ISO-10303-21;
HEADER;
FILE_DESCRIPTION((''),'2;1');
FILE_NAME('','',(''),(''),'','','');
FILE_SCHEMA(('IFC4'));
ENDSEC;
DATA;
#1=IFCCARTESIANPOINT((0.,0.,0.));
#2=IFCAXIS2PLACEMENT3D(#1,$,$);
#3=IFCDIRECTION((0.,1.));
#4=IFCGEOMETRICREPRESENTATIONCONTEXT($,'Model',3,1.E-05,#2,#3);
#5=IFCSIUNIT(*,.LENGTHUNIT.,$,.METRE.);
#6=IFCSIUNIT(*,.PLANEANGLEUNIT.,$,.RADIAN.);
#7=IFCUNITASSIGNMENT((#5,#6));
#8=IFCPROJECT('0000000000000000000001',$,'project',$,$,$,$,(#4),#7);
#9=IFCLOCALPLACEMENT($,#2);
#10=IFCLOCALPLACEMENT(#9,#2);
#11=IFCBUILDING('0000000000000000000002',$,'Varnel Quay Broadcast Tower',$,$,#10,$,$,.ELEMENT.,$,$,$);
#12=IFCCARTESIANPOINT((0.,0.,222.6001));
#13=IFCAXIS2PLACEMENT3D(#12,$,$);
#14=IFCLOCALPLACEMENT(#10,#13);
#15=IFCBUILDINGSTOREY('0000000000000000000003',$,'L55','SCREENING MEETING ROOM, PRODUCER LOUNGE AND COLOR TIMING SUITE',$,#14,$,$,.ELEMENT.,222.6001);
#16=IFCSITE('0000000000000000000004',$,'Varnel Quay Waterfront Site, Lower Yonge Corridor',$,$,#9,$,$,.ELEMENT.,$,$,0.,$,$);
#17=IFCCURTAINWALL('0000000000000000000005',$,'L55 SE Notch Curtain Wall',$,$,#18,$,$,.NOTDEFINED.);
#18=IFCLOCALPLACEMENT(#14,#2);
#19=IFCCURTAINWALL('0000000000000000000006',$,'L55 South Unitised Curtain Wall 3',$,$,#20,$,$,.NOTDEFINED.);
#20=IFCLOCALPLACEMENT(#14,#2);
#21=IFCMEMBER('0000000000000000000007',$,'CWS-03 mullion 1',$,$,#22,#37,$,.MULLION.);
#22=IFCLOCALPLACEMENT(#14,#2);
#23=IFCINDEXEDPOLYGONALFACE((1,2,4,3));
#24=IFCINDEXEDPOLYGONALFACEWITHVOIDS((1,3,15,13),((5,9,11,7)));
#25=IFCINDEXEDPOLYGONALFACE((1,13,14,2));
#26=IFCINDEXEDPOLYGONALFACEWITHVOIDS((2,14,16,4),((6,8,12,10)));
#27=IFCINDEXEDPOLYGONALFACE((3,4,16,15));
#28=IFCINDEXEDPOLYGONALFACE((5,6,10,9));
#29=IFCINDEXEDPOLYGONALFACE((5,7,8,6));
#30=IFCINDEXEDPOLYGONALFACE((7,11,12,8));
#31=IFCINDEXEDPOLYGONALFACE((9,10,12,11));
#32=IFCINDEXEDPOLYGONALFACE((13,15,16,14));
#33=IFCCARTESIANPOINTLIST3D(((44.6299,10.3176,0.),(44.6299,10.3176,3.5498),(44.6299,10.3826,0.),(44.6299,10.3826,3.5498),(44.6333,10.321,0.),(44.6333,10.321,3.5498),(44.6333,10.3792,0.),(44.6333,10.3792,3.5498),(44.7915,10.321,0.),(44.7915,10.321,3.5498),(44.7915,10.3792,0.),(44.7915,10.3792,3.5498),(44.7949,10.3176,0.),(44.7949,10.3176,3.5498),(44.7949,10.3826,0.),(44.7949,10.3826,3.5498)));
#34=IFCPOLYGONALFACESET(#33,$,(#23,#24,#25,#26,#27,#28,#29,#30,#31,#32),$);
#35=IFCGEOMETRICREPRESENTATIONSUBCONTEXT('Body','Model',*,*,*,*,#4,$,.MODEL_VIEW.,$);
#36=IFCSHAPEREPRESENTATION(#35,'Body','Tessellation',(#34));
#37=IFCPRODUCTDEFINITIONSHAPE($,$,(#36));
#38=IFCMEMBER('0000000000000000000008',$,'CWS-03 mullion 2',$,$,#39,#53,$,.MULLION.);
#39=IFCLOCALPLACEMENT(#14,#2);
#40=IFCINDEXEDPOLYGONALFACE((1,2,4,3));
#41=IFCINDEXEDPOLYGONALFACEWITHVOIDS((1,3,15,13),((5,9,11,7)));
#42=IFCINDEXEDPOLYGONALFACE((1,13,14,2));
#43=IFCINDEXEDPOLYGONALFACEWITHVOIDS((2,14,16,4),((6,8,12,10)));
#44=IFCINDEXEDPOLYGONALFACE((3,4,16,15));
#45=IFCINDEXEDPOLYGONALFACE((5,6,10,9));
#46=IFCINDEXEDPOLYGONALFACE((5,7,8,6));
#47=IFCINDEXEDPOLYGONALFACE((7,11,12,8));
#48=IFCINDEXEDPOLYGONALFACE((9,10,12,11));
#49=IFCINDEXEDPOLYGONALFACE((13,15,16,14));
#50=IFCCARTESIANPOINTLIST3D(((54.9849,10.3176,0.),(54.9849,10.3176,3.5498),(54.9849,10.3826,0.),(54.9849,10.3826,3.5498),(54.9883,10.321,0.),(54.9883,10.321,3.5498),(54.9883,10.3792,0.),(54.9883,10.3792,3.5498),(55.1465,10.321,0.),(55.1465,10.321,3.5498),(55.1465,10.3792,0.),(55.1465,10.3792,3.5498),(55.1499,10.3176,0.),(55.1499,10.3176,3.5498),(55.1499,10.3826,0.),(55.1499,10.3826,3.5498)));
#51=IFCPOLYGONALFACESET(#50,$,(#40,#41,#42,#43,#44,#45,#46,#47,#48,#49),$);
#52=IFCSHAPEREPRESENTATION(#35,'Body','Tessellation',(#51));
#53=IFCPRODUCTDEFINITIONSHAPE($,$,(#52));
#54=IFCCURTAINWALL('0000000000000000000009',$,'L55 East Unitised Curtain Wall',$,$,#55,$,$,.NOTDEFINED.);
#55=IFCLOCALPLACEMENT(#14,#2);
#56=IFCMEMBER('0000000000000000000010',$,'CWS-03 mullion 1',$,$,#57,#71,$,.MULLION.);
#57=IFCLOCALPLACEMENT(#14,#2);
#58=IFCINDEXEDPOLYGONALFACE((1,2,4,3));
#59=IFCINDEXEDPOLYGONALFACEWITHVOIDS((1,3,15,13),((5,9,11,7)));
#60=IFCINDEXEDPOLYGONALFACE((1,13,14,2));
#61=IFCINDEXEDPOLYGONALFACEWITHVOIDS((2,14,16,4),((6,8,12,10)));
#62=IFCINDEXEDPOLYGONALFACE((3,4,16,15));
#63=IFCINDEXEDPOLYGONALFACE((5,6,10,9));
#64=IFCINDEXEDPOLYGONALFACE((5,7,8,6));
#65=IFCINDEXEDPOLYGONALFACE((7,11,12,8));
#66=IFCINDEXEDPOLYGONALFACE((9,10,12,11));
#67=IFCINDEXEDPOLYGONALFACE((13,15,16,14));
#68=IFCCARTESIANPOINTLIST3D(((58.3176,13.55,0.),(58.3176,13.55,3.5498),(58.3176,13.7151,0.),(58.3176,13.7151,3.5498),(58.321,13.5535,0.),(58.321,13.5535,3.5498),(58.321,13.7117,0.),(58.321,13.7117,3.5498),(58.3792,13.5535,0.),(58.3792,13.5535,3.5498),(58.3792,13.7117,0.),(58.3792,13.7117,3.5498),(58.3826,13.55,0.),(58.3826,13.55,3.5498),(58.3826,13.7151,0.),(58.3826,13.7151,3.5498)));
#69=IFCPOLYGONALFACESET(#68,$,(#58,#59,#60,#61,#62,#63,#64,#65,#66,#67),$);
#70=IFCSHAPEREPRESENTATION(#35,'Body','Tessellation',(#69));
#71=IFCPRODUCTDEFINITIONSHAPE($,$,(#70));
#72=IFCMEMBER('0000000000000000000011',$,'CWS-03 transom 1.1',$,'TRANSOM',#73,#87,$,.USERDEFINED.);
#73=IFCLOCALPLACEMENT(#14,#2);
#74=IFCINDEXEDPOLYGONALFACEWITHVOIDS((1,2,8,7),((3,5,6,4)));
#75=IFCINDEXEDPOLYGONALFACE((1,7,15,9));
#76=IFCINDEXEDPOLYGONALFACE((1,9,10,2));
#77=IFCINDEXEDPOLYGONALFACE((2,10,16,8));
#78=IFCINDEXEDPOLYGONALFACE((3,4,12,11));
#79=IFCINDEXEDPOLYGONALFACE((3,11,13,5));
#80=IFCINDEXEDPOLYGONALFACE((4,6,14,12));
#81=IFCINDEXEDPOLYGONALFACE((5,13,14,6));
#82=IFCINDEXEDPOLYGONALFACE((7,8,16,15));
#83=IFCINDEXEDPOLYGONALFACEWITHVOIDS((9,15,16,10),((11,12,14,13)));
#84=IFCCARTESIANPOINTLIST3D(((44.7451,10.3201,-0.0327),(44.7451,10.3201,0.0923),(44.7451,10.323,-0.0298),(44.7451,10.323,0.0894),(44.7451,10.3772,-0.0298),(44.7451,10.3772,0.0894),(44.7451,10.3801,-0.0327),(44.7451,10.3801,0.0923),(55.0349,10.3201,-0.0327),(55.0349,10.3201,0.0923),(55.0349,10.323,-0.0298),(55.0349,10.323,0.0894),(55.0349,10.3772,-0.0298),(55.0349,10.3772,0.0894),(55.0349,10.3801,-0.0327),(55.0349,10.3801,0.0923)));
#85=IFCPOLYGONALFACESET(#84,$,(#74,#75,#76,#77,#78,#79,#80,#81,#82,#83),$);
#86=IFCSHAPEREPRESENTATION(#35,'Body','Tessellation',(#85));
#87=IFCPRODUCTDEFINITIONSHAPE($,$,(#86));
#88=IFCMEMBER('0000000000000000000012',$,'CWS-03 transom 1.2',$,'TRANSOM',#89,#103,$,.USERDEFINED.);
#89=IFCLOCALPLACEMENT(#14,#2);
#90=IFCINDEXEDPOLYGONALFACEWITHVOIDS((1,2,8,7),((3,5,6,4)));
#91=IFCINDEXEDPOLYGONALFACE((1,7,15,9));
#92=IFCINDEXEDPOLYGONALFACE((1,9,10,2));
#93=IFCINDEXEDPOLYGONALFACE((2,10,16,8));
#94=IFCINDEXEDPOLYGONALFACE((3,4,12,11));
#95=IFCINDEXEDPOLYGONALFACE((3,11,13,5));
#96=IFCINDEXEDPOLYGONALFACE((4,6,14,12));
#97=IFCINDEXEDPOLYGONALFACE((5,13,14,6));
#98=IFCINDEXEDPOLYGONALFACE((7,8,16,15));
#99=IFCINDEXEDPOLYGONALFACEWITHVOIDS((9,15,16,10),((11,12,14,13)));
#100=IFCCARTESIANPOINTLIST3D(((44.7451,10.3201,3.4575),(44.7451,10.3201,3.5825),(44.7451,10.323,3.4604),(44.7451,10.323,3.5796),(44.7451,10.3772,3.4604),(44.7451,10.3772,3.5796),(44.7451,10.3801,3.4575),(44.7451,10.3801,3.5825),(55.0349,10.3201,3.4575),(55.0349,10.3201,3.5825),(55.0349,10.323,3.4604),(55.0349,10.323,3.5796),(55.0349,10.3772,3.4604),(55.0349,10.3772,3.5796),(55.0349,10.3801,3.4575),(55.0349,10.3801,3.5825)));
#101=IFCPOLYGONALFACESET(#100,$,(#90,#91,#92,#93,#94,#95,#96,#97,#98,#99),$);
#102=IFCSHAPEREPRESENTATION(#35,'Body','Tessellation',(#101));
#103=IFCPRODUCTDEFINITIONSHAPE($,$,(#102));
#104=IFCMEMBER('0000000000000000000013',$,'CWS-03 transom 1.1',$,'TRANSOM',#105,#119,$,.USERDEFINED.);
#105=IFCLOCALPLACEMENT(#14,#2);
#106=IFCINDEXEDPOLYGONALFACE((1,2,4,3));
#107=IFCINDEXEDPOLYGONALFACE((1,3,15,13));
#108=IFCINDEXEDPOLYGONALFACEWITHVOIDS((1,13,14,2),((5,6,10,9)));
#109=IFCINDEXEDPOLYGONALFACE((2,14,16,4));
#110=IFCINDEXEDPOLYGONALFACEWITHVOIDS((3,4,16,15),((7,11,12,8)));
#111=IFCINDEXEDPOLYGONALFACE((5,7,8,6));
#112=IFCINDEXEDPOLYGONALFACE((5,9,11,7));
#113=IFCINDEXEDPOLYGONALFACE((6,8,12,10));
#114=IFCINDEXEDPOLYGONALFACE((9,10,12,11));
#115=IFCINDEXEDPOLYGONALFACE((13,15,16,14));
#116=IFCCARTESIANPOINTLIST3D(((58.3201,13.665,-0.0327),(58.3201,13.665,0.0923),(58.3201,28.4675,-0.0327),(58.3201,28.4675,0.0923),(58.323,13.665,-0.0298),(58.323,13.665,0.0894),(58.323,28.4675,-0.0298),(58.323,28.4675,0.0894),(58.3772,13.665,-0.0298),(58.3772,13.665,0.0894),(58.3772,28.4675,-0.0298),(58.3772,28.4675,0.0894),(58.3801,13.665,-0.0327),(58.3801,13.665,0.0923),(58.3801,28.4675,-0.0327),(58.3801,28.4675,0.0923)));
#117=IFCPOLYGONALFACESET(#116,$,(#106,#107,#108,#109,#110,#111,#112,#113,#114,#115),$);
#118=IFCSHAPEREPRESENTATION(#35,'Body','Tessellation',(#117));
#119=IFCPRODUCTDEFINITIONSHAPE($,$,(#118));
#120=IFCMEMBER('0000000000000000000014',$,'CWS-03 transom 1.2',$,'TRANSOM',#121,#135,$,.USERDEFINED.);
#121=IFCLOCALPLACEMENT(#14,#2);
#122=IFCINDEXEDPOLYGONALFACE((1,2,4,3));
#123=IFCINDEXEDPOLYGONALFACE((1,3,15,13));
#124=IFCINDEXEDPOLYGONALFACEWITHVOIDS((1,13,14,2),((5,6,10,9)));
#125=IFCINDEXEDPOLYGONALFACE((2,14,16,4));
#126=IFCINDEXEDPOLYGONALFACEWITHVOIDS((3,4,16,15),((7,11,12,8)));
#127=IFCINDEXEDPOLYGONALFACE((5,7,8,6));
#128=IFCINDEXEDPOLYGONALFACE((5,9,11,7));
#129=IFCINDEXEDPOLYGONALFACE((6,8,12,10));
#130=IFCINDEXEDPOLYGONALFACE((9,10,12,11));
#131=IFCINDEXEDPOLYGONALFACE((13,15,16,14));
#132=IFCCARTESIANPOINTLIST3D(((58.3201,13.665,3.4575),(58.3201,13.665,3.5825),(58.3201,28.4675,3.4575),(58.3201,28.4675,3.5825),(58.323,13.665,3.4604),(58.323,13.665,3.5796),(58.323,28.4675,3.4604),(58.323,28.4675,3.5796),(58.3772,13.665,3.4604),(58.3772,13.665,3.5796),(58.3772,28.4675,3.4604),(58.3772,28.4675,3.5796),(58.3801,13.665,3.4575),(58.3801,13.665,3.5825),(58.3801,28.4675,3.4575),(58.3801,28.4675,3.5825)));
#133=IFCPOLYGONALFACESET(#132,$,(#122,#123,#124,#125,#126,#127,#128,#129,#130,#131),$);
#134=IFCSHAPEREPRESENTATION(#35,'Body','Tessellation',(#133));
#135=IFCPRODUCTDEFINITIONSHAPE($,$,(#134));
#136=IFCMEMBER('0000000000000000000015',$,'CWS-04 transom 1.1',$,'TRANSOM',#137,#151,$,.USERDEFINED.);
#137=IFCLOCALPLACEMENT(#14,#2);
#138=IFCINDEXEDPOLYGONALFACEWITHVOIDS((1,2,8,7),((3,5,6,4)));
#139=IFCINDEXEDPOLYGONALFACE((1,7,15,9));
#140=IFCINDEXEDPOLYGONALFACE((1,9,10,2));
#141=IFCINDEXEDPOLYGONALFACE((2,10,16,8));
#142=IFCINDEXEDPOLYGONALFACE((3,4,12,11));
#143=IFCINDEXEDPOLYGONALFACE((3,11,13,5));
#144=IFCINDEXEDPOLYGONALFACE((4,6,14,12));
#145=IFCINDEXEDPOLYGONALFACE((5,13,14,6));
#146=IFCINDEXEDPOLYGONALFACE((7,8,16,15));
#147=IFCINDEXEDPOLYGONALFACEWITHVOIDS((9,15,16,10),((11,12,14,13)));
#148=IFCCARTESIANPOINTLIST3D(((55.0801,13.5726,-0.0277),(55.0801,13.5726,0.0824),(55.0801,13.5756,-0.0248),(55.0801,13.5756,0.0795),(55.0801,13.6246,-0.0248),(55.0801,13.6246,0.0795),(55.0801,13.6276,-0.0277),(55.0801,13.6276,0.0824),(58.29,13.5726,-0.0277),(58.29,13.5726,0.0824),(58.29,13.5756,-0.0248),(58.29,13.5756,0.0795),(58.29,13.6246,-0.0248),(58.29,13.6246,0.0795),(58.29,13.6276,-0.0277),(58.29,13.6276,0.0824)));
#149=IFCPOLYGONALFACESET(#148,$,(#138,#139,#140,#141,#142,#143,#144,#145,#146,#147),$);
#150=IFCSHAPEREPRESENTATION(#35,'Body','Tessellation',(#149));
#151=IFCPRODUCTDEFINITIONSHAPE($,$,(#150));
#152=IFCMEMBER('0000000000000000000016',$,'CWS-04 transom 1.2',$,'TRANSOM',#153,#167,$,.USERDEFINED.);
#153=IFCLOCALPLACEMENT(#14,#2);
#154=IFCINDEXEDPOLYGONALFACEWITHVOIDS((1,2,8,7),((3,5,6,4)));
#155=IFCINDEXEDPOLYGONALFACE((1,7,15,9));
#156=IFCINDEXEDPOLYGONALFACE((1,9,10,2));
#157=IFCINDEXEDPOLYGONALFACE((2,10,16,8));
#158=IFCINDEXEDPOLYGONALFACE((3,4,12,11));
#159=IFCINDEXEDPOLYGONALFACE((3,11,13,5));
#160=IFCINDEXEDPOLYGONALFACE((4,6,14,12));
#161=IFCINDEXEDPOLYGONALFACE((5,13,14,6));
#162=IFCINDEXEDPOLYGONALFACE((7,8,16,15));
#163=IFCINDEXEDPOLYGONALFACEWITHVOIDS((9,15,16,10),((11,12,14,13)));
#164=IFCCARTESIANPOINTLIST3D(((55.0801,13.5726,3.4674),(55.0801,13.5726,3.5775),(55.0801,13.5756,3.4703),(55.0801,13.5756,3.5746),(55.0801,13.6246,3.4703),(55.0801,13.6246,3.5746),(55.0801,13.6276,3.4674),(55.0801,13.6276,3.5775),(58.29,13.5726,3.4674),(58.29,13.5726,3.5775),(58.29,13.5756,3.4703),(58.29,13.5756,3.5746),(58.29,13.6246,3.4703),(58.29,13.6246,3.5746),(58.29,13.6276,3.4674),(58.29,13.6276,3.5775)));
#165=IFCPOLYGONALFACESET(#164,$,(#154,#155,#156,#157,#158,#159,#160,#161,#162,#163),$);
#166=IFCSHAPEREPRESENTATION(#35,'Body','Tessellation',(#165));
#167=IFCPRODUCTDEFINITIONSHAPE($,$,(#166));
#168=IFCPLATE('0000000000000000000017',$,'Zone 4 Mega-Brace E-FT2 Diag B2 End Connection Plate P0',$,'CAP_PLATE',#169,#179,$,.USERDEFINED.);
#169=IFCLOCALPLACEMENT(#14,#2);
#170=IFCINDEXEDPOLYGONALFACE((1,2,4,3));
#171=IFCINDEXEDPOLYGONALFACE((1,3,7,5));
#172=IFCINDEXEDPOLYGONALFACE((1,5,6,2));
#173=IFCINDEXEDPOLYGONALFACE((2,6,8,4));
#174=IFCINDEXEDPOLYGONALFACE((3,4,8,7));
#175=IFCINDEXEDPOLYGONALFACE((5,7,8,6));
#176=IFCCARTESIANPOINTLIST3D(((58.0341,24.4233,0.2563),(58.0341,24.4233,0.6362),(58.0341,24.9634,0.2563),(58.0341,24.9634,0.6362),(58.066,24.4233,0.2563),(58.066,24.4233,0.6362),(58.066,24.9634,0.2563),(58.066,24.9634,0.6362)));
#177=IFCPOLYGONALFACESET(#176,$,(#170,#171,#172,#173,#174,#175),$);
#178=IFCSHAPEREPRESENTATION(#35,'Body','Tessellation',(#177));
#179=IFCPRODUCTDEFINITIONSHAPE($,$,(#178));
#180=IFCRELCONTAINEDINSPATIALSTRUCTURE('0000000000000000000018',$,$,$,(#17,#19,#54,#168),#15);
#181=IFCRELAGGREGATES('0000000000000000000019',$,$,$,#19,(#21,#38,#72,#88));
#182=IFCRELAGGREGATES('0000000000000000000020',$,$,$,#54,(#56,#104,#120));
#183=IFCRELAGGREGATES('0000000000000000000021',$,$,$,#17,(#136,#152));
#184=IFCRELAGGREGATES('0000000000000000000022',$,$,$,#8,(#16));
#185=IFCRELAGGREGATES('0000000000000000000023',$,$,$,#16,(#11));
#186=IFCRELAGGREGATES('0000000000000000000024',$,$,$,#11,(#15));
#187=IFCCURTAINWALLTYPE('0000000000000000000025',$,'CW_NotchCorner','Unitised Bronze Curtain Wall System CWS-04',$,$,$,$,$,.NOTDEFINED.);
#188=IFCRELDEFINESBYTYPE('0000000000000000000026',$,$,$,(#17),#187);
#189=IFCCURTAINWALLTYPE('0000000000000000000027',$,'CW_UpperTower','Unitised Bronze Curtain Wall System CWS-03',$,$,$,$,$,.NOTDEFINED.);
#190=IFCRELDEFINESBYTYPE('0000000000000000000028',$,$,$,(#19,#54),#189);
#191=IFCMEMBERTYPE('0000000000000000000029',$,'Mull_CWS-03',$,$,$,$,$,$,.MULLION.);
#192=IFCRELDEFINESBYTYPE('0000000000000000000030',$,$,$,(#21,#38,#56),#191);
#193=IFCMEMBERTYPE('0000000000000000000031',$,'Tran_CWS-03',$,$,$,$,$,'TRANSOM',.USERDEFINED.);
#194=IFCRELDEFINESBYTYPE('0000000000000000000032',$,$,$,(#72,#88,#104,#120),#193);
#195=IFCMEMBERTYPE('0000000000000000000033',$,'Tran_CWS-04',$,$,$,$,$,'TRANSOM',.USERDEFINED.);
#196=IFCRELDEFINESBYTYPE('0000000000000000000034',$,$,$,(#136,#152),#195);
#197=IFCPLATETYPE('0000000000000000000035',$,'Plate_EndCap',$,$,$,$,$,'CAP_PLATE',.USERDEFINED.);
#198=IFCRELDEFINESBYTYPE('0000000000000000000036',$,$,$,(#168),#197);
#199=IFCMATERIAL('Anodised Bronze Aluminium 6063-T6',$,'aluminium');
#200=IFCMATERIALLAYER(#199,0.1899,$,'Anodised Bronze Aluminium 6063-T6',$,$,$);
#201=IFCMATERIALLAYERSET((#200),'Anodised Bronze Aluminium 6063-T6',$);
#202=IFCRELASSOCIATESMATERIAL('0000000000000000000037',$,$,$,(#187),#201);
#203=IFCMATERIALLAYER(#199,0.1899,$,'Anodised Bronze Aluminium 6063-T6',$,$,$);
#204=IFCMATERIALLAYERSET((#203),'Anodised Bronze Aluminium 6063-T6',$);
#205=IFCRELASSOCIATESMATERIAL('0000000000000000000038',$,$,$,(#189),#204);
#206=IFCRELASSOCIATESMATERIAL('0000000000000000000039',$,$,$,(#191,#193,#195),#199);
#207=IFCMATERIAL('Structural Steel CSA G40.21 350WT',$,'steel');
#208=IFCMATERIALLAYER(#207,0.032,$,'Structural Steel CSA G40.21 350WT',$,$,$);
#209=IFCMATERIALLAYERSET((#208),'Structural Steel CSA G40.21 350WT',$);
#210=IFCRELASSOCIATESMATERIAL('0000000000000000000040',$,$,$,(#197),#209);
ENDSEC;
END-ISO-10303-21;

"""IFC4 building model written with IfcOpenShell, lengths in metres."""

from ifc_helpers import new_model, si_unit, direction, frame, origin, origin_2d, place, context, subcontext, project, spatial, rectangle, hollow_rectangle, extrude, source, transform, mapped, material, layer, layer_set, material_profile, profile_set, type_object, type_shapes, element, aggregate, save


model = new_model("IFC4")

# Units and contexts
model_context = context("Model", 3, precision=1e-05, world=origin(), true_north=direction((0.0, 1.0)))
body_context = subcontext(model_context, "Body", "Model", "MODEL_VIEW")
ifc_project = project(units=[si_unit("LENGTHUNIT", "METRE"), si_unit("PLANEANGLEUNIT", "RADIAN")], contexts=[model_context])

# Site, building, storey
site_placement = place(None, origin())
site = spatial("IfcSite", under=ifc_project, at=site_placement, Name="Varnel Quay Waterfront Site, Lower Yonge Corridor", CompositionType="ELEMENT", RefElevation=0.0)
building_placement = place(site_placement, origin())
building = spatial("IfcBuilding", under=site, at=building_placement, Name="Varnel Quay Broadcast Tower", CompositionType="ELEMENT")
storey_placement = place(building_placement, frame((0.0, 0.0, 222.6001)))
storey = spatial("IfcBuildingStorey", under=building, at=storey_placement, Name="L55", Description="SCREENING MEETING ROOM, PRODUCER LOUNGE AND COLOR TIMING SUITE", CompositionType="ELEMENT", Elevation=222.6001)

# Shared definitions
ifc_material_1 = material(Name="Structural Steel CSA G40.21 350WT", Category="steel")

# Curtain walls, members
ifc_material_2 = material(Name="Anodised Bronze Aluminium 6063-T6", Category="aluminium")
ifc_layer_1 = layer(ifc_material_2, 0.1899, Name="Anodised Bronze Aluminium 6063-T6")
ifc_layer_set_1 = layer_set([ifc_layer_1], Name="Anodised Bronze Aluminium 6063-T6")
curtain_wall_type_1 = type_object("IfcCurtainWallType", Name="CW_NotchCorner", Description="Unitised Bronze Curtain Wall System CWS-04", PredefinedType="NOTDEFINED", material=ifc_layer_set_1)
curtain_wall_1_placement = place(storey_placement, origin())
curtain_wall_1 = element("IfcCurtainWall", 1, at=curtain_wall_1_placement, inside=storey, type_object=curtain_wall_type_1, Name="L55 SE Notch Curtain Wall", PredefinedType="NOTDEFINED")
ifc_layer_2 = layer(ifc_material_2, 0.1899, Name="Anodised Bronze Aluminium 6063-T6")
ifc_layer_set_2 = layer_set([ifc_layer_2], Name="Anodised Bronze Aluminium 6063-T6")
curtain_wall_type_2 = type_object("IfcCurtainWallType", Name="CW_UpperTower", Description="Unitised Bronze Curtain Wall System CWS-03", PredefinedType="NOTDEFINED", material=ifc_layer_set_2)
curtain_wall_2_placement = place(storey_placement, origin())
curtain_wall_2 = element("IfcCurtainWall", 2, at=curtain_wall_2_placement, inside=storey, type_object=curtain_wall_type_2, Name="L55 South Unitised Curtain Wall 3", PredefinedType="NOTDEFINED")
ifc_material_profile_1 = material_profile(ifc_material_2, hollow_rectangle(XDim=0.0649, YDim=0.165, WallThickness=0.0034, at=origin_2d()), Name="ALU65X165X3.5")
ifc_profile_set_1 = profile_set([ifc_material_profile_1], Name="Anodised Bronze Aluminium 6063-T6")
member_type_1 = type_object("IfcMemberType", Name="Mull_CWS-03", PredefinedType="MULLION", material=ifc_profile_set_1)
shared_shape_1 = source(origin(), body_context, "Body", "SweptSolid", [
    extrude(hollow_rectangle(XDim=0.0649, YDim=0.165, WallThickness=0.0034, at=origin_2d()), origin(), (0.0, 0.0, 1.0), 3.5498),
])
type_shapes(member_type_1, [shared_shape_1])
member_1_placement = place(storey_placement, frame((44.7124, 10.3501, 0.0), z_axis=(0.0, 0.0, 1.0), x_axis=(0.0, 1.0, 0.0)))
member_1 = element("IfcMember", 3, at=member_1_placement, type_object=member_type_1, Name="CWS-03 mullion 1", PredefinedType="MULLION", context=body_context, shape_type="MappedRepresentation", body=[
    mapped(shared_shape_1, transform((0.0, 0.0, 0.0), x_axis=(1.0, 0.0, 0.0), y_axis=(0.0, 1.0, 0.0), z_axis=(0.0, 0.0, 1.0), scale=1.0)),
])
member_2_placement = place(storey_placement, frame((55.0674, 10.3501, 0.0), z_axis=(0.0, 0.0, 1.0), x_axis=(0.0, 1.0, 0.0)))
member_2 = element("IfcMember", 4, at=member_2_placement, type_object=member_type_1, Name="CWS-03 mullion 2", PredefinedType="MULLION", context=body_context, shape_type="MappedRepresentation", body=[
    mapped(shared_shape_1, transform((0.0, 0.0, 0.0), x_axis=(1.0, 0.0, 0.0), y_axis=(0.0, 1.0, 0.0), z_axis=(0.0, 0.0, 1.0), scale=1.0)),
])

# Curtain wall, member
curtain_wall_3_placement = place(storey_placement, origin())
curtain_wall_3 = element("IfcCurtainWall", 5, at=curtain_wall_3_placement, inside=storey, type_object=curtain_wall_type_2, Name="L55 East Unitised Curtain Wall", PredefinedType="NOTDEFINED")
member_3_placement = place(storey_placement, frame((58.3501, 13.6326, 0.0), z_axis=(0.0, 0.0, 1.0), x_axis=(-1.0, 0.0, 0.0)))
member_3 = element("IfcMember", 6, at=member_3_placement, type_object=member_type_1, Name="CWS-03 mullion 1", PredefinedType="MULLION", context=body_context, shape_type="MappedRepresentation", body=[
    mapped(shared_shape_1, transform((0.0, 0.0, 0.0), x_axis=(1.0, 0.0, 0.0), y_axis=(0.0, 1.0, 0.0), z_axis=(0.0, 0.0, 1.0), scale=1.0)),
])

# Members
ifc_material_profile_2 = material_profile(ifc_material_2, hollow_rectangle(XDim=0.0601, YDim=0.125, WallThickness=0.0029, at=origin_2d()), Name="ALU60X125X3")
ifc_profile_set_2 = profile_set([ifc_material_profile_2], Name="Anodised Bronze Aluminium 6063-T6")
member_type_2 = type_object("IfcMemberType", Name="Tran_CWS-03", ElementType="TRANSOM", PredefinedType="USERDEFINED", material=ifc_profile_set_2)
shared_shape_2 = source(origin(), body_context, "Body", "SweptSolid", [
    extrude(hollow_rectangle(XDim=0.0601, YDim=0.125, WallThickness=0.0029, at=origin_2d()), origin(), (0.0, 0.0, 1.0), 10.2898),
])
member_4_placement = place(storey_placement, frame((44.7451, 10.3501, 0.0298), z_axis=(1.0, 0.0, 0.0), x_axis=(0.0, 1.0, 0.0)))
member_4 = element("IfcMember", 7, at=member_4_placement, type_object=member_type_2, Name="CWS-03 transom 1.1", ObjectType="TRANSOM", PredefinedType="USERDEFINED", context=body_context, shape_type="MappedRepresentation", body=[
    mapped(shared_shape_2, transform((0.0, 0.0, 0.0), x_axis=(1.0, 0.0, 0.0), y_axis=(0.0, 1.0, 0.0), z_axis=(0.0, 0.0, 1.0), scale=1.0)),
])
member_5_placement = place(storey_placement, frame((44.7451, 10.3501, 3.52), z_axis=(1.0, 0.0, 0.0), x_axis=(0.0, 1.0, 0.0)))
member_5 = element("IfcMember", 8, at=member_5_placement, type_object=member_type_2, Name="CWS-03 transom 1.2", ObjectType="TRANSOM", PredefinedType="USERDEFINED", context=body_context, shape_type="MappedRepresentation", body=[
    mapped(shared_shape_2, transform((0.0, 0.0, 0.0), x_axis=(1.0, 0.0, 0.0), y_axis=(0.0, 1.0, 0.0), z_axis=(0.0, 0.0, 1.0), scale=1.0)),
])
shared_shape_3 = source(origin(), body_context, "Body", "SweptSolid", [
    extrude(hollow_rectangle(XDim=0.0601, YDim=0.125, WallThickness=0.0029, at=origin_2d()), origin(), (0.0, 0.0, 1.0), 14.8025),
])
type_shapes(member_type_2, [shared_shape_2, shared_shape_3])
member_6_placement = place(storey_placement, frame((58.3501, 13.665, 0.0298), z_axis=(0.0, 1.0, 0.0), x_axis=(-1.0, 0.0, 0.0)))
member_6 = element("IfcMember", 9, at=member_6_placement, type_object=member_type_2, Name="CWS-03 transom 1.1", ObjectType="TRANSOM", PredefinedType="USERDEFINED", context=body_context, shape_type="MappedRepresentation", body=[
    mapped(shared_shape_3, transform((0.0, 0.0, 0.0), x_axis=(1.0, 0.0, 0.0), y_axis=(0.0, 1.0, 0.0), z_axis=(0.0, 0.0, 1.0), scale=1.0)),
])
member_7_placement = place(storey_placement, frame((58.3501, 13.665, 3.52), z_axis=(0.0, 1.0, 0.0), x_axis=(-1.0, 0.0, 0.0)))
member_7 = element("IfcMember", 10, at=member_7_placement, type_object=member_type_2, Name="CWS-03 transom 1.2", ObjectType="TRANSOM", PredefinedType="USERDEFINED", context=body_context, shape_type="MappedRepresentation", body=[
    mapped(shared_shape_3, transform((0.0, 0.0, 0.0), x_axis=(1.0, 0.0, 0.0), y_axis=(0.0, 1.0, 0.0), z_axis=(0.0, 0.0, 1.0), scale=1.0)),
])
ifc_material_profile_3 = material_profile(ifc_material_2, hollow_rectangle(XDim=0.0549, YDim=0.1101, WallThickness=0.0029, at=origin_2d()), Name="ALU55X110X3")
ifc_profile_set_3 = profile_set([ifc_material_profile_3], Name="Anodised Bronze Aluminium 6063-T6")
member_type_3 = type_object("IfcMemberType", Name="Tran_CWS-04", ElementType="TRANSOM", PredefinedType="USERDEFINED", material=ifc_profile_set_3)
shared_shape_4 = source(origin(), body_context, "Body", "SweptSolid", [
    extrude(hollow_rectangle(XDim=0.0549, YDim=0.1101, WallThickness=0.0029, at=origin_2d()), origin(), (0.0, 0.0, 1.0), 3.21),
])
type_shapes(member_type_3, [shared_shape_4])
member_8_placement = place(storey_placement, frame((55.0801, 13.6001, 0.0273), z_axis=(1.0, 0.0, 0.0), x_axis=(0.0, 1.0, 0.0)))
member_8 = element("IfcMember", 11, at=member_8_placement, type_object=member_type_3, Name="CWS-04 transom 1.1", ObjectType="TRANSOM", PredefinedType="USERDEFINED", context=body_context, shape_type="MappedRepresentation", body=[
    mapped(shared_shape_4, transform((0.0, 0.0, 0.0), x_axis=(1.0, 0.0, 0.0), y_axis=(0.0, 1.0, 0.0), z_axis=(0.0, 0.0, 1.0), scale=1.0)),
])
member_9_placement = place(storey_placement, frame((55.0801, 13.6001, 3.5225), z_axis=(1.0, 0.0, 0.0), x_axis=(0.0, 1.0, 0.0)))
member_9 = element("IfcMember", 12, at=member_9_placement, type_object=member_type_3, Name="CWS-04 transom 1.2", ObjectType="TRANSOM", PredefinedType="USERDEFINED", context=body_context, shape_type="MappedRepresentation", body=[
    mapped(shared_shape_4, transform((0.0, 0.0, 0.0), x_axis=(1.0, 0.0, 0.0), y_axis=(0.0, 1.0, 0.0), z_axis=(0.0, 0.0, 1.0), scale=1.0)),
])

# Plate
ifc_layer_3 = layer(ifc_material_1, 0.032, Name="Structural Steel CSA G40.21 350WT")
ifc_layer_set_3 = layer_set([ifc_layer_3], Name="Structural Steel CSA G40.21 350WT")
plate_type_1 = type_object("IfcPlateType", Name="Plate_EndCap", ElementType="CAP_PLATE", PredefinedType="USERDEFINED", material=ifc_layer_set_3)
shared_shape_5 = source(origin(), body_context, "Body", "SweptSolid", [
    extrude(rectangle(XDim=0.54, YDim=0.032, at=origin_2d()), origin(), (0.0, 0.0, 1.0), 0.3799),
])
type_shapes(plate_type_1, [shared_shape_5])
plate_1_placement = place(storey_placement, frame((58.05, 24.6934, 0.2563), z_axis=(0.0, 0.0, 1.0), x_axis=(0.0, 1.0, 0.0)))
element("IfcPlate", 13, at=plate_1_placement, inside=storey, type_object=plate_type_1, Name="Zone 4 Mega-Brace E-FT2 Diag B2 End Connection Plate P0", ObjectType="CAP_PLATE", PredefinedType="USERDEFINED", context=body_context, shape_type="MappedRepresentation", body=[
    mapped(shared_shape_5, transform((0.0, 0.0, 0.0), x_axis=(1.0, 0.0, 0.0), y_axis=(0.0, 1.0, 0.0), z_axis=(0.0, 0.0, 1.0), scale=1.0)),
])
aggregate(curtain_wall_2, [member_1, member_2, member_4, member_5])
aggregate(curtain_wall_3, [member_3, member_6, member_7])
aggregate(curtain_wall_1, [member_8, member_9])

save(model, "model.ifc")
